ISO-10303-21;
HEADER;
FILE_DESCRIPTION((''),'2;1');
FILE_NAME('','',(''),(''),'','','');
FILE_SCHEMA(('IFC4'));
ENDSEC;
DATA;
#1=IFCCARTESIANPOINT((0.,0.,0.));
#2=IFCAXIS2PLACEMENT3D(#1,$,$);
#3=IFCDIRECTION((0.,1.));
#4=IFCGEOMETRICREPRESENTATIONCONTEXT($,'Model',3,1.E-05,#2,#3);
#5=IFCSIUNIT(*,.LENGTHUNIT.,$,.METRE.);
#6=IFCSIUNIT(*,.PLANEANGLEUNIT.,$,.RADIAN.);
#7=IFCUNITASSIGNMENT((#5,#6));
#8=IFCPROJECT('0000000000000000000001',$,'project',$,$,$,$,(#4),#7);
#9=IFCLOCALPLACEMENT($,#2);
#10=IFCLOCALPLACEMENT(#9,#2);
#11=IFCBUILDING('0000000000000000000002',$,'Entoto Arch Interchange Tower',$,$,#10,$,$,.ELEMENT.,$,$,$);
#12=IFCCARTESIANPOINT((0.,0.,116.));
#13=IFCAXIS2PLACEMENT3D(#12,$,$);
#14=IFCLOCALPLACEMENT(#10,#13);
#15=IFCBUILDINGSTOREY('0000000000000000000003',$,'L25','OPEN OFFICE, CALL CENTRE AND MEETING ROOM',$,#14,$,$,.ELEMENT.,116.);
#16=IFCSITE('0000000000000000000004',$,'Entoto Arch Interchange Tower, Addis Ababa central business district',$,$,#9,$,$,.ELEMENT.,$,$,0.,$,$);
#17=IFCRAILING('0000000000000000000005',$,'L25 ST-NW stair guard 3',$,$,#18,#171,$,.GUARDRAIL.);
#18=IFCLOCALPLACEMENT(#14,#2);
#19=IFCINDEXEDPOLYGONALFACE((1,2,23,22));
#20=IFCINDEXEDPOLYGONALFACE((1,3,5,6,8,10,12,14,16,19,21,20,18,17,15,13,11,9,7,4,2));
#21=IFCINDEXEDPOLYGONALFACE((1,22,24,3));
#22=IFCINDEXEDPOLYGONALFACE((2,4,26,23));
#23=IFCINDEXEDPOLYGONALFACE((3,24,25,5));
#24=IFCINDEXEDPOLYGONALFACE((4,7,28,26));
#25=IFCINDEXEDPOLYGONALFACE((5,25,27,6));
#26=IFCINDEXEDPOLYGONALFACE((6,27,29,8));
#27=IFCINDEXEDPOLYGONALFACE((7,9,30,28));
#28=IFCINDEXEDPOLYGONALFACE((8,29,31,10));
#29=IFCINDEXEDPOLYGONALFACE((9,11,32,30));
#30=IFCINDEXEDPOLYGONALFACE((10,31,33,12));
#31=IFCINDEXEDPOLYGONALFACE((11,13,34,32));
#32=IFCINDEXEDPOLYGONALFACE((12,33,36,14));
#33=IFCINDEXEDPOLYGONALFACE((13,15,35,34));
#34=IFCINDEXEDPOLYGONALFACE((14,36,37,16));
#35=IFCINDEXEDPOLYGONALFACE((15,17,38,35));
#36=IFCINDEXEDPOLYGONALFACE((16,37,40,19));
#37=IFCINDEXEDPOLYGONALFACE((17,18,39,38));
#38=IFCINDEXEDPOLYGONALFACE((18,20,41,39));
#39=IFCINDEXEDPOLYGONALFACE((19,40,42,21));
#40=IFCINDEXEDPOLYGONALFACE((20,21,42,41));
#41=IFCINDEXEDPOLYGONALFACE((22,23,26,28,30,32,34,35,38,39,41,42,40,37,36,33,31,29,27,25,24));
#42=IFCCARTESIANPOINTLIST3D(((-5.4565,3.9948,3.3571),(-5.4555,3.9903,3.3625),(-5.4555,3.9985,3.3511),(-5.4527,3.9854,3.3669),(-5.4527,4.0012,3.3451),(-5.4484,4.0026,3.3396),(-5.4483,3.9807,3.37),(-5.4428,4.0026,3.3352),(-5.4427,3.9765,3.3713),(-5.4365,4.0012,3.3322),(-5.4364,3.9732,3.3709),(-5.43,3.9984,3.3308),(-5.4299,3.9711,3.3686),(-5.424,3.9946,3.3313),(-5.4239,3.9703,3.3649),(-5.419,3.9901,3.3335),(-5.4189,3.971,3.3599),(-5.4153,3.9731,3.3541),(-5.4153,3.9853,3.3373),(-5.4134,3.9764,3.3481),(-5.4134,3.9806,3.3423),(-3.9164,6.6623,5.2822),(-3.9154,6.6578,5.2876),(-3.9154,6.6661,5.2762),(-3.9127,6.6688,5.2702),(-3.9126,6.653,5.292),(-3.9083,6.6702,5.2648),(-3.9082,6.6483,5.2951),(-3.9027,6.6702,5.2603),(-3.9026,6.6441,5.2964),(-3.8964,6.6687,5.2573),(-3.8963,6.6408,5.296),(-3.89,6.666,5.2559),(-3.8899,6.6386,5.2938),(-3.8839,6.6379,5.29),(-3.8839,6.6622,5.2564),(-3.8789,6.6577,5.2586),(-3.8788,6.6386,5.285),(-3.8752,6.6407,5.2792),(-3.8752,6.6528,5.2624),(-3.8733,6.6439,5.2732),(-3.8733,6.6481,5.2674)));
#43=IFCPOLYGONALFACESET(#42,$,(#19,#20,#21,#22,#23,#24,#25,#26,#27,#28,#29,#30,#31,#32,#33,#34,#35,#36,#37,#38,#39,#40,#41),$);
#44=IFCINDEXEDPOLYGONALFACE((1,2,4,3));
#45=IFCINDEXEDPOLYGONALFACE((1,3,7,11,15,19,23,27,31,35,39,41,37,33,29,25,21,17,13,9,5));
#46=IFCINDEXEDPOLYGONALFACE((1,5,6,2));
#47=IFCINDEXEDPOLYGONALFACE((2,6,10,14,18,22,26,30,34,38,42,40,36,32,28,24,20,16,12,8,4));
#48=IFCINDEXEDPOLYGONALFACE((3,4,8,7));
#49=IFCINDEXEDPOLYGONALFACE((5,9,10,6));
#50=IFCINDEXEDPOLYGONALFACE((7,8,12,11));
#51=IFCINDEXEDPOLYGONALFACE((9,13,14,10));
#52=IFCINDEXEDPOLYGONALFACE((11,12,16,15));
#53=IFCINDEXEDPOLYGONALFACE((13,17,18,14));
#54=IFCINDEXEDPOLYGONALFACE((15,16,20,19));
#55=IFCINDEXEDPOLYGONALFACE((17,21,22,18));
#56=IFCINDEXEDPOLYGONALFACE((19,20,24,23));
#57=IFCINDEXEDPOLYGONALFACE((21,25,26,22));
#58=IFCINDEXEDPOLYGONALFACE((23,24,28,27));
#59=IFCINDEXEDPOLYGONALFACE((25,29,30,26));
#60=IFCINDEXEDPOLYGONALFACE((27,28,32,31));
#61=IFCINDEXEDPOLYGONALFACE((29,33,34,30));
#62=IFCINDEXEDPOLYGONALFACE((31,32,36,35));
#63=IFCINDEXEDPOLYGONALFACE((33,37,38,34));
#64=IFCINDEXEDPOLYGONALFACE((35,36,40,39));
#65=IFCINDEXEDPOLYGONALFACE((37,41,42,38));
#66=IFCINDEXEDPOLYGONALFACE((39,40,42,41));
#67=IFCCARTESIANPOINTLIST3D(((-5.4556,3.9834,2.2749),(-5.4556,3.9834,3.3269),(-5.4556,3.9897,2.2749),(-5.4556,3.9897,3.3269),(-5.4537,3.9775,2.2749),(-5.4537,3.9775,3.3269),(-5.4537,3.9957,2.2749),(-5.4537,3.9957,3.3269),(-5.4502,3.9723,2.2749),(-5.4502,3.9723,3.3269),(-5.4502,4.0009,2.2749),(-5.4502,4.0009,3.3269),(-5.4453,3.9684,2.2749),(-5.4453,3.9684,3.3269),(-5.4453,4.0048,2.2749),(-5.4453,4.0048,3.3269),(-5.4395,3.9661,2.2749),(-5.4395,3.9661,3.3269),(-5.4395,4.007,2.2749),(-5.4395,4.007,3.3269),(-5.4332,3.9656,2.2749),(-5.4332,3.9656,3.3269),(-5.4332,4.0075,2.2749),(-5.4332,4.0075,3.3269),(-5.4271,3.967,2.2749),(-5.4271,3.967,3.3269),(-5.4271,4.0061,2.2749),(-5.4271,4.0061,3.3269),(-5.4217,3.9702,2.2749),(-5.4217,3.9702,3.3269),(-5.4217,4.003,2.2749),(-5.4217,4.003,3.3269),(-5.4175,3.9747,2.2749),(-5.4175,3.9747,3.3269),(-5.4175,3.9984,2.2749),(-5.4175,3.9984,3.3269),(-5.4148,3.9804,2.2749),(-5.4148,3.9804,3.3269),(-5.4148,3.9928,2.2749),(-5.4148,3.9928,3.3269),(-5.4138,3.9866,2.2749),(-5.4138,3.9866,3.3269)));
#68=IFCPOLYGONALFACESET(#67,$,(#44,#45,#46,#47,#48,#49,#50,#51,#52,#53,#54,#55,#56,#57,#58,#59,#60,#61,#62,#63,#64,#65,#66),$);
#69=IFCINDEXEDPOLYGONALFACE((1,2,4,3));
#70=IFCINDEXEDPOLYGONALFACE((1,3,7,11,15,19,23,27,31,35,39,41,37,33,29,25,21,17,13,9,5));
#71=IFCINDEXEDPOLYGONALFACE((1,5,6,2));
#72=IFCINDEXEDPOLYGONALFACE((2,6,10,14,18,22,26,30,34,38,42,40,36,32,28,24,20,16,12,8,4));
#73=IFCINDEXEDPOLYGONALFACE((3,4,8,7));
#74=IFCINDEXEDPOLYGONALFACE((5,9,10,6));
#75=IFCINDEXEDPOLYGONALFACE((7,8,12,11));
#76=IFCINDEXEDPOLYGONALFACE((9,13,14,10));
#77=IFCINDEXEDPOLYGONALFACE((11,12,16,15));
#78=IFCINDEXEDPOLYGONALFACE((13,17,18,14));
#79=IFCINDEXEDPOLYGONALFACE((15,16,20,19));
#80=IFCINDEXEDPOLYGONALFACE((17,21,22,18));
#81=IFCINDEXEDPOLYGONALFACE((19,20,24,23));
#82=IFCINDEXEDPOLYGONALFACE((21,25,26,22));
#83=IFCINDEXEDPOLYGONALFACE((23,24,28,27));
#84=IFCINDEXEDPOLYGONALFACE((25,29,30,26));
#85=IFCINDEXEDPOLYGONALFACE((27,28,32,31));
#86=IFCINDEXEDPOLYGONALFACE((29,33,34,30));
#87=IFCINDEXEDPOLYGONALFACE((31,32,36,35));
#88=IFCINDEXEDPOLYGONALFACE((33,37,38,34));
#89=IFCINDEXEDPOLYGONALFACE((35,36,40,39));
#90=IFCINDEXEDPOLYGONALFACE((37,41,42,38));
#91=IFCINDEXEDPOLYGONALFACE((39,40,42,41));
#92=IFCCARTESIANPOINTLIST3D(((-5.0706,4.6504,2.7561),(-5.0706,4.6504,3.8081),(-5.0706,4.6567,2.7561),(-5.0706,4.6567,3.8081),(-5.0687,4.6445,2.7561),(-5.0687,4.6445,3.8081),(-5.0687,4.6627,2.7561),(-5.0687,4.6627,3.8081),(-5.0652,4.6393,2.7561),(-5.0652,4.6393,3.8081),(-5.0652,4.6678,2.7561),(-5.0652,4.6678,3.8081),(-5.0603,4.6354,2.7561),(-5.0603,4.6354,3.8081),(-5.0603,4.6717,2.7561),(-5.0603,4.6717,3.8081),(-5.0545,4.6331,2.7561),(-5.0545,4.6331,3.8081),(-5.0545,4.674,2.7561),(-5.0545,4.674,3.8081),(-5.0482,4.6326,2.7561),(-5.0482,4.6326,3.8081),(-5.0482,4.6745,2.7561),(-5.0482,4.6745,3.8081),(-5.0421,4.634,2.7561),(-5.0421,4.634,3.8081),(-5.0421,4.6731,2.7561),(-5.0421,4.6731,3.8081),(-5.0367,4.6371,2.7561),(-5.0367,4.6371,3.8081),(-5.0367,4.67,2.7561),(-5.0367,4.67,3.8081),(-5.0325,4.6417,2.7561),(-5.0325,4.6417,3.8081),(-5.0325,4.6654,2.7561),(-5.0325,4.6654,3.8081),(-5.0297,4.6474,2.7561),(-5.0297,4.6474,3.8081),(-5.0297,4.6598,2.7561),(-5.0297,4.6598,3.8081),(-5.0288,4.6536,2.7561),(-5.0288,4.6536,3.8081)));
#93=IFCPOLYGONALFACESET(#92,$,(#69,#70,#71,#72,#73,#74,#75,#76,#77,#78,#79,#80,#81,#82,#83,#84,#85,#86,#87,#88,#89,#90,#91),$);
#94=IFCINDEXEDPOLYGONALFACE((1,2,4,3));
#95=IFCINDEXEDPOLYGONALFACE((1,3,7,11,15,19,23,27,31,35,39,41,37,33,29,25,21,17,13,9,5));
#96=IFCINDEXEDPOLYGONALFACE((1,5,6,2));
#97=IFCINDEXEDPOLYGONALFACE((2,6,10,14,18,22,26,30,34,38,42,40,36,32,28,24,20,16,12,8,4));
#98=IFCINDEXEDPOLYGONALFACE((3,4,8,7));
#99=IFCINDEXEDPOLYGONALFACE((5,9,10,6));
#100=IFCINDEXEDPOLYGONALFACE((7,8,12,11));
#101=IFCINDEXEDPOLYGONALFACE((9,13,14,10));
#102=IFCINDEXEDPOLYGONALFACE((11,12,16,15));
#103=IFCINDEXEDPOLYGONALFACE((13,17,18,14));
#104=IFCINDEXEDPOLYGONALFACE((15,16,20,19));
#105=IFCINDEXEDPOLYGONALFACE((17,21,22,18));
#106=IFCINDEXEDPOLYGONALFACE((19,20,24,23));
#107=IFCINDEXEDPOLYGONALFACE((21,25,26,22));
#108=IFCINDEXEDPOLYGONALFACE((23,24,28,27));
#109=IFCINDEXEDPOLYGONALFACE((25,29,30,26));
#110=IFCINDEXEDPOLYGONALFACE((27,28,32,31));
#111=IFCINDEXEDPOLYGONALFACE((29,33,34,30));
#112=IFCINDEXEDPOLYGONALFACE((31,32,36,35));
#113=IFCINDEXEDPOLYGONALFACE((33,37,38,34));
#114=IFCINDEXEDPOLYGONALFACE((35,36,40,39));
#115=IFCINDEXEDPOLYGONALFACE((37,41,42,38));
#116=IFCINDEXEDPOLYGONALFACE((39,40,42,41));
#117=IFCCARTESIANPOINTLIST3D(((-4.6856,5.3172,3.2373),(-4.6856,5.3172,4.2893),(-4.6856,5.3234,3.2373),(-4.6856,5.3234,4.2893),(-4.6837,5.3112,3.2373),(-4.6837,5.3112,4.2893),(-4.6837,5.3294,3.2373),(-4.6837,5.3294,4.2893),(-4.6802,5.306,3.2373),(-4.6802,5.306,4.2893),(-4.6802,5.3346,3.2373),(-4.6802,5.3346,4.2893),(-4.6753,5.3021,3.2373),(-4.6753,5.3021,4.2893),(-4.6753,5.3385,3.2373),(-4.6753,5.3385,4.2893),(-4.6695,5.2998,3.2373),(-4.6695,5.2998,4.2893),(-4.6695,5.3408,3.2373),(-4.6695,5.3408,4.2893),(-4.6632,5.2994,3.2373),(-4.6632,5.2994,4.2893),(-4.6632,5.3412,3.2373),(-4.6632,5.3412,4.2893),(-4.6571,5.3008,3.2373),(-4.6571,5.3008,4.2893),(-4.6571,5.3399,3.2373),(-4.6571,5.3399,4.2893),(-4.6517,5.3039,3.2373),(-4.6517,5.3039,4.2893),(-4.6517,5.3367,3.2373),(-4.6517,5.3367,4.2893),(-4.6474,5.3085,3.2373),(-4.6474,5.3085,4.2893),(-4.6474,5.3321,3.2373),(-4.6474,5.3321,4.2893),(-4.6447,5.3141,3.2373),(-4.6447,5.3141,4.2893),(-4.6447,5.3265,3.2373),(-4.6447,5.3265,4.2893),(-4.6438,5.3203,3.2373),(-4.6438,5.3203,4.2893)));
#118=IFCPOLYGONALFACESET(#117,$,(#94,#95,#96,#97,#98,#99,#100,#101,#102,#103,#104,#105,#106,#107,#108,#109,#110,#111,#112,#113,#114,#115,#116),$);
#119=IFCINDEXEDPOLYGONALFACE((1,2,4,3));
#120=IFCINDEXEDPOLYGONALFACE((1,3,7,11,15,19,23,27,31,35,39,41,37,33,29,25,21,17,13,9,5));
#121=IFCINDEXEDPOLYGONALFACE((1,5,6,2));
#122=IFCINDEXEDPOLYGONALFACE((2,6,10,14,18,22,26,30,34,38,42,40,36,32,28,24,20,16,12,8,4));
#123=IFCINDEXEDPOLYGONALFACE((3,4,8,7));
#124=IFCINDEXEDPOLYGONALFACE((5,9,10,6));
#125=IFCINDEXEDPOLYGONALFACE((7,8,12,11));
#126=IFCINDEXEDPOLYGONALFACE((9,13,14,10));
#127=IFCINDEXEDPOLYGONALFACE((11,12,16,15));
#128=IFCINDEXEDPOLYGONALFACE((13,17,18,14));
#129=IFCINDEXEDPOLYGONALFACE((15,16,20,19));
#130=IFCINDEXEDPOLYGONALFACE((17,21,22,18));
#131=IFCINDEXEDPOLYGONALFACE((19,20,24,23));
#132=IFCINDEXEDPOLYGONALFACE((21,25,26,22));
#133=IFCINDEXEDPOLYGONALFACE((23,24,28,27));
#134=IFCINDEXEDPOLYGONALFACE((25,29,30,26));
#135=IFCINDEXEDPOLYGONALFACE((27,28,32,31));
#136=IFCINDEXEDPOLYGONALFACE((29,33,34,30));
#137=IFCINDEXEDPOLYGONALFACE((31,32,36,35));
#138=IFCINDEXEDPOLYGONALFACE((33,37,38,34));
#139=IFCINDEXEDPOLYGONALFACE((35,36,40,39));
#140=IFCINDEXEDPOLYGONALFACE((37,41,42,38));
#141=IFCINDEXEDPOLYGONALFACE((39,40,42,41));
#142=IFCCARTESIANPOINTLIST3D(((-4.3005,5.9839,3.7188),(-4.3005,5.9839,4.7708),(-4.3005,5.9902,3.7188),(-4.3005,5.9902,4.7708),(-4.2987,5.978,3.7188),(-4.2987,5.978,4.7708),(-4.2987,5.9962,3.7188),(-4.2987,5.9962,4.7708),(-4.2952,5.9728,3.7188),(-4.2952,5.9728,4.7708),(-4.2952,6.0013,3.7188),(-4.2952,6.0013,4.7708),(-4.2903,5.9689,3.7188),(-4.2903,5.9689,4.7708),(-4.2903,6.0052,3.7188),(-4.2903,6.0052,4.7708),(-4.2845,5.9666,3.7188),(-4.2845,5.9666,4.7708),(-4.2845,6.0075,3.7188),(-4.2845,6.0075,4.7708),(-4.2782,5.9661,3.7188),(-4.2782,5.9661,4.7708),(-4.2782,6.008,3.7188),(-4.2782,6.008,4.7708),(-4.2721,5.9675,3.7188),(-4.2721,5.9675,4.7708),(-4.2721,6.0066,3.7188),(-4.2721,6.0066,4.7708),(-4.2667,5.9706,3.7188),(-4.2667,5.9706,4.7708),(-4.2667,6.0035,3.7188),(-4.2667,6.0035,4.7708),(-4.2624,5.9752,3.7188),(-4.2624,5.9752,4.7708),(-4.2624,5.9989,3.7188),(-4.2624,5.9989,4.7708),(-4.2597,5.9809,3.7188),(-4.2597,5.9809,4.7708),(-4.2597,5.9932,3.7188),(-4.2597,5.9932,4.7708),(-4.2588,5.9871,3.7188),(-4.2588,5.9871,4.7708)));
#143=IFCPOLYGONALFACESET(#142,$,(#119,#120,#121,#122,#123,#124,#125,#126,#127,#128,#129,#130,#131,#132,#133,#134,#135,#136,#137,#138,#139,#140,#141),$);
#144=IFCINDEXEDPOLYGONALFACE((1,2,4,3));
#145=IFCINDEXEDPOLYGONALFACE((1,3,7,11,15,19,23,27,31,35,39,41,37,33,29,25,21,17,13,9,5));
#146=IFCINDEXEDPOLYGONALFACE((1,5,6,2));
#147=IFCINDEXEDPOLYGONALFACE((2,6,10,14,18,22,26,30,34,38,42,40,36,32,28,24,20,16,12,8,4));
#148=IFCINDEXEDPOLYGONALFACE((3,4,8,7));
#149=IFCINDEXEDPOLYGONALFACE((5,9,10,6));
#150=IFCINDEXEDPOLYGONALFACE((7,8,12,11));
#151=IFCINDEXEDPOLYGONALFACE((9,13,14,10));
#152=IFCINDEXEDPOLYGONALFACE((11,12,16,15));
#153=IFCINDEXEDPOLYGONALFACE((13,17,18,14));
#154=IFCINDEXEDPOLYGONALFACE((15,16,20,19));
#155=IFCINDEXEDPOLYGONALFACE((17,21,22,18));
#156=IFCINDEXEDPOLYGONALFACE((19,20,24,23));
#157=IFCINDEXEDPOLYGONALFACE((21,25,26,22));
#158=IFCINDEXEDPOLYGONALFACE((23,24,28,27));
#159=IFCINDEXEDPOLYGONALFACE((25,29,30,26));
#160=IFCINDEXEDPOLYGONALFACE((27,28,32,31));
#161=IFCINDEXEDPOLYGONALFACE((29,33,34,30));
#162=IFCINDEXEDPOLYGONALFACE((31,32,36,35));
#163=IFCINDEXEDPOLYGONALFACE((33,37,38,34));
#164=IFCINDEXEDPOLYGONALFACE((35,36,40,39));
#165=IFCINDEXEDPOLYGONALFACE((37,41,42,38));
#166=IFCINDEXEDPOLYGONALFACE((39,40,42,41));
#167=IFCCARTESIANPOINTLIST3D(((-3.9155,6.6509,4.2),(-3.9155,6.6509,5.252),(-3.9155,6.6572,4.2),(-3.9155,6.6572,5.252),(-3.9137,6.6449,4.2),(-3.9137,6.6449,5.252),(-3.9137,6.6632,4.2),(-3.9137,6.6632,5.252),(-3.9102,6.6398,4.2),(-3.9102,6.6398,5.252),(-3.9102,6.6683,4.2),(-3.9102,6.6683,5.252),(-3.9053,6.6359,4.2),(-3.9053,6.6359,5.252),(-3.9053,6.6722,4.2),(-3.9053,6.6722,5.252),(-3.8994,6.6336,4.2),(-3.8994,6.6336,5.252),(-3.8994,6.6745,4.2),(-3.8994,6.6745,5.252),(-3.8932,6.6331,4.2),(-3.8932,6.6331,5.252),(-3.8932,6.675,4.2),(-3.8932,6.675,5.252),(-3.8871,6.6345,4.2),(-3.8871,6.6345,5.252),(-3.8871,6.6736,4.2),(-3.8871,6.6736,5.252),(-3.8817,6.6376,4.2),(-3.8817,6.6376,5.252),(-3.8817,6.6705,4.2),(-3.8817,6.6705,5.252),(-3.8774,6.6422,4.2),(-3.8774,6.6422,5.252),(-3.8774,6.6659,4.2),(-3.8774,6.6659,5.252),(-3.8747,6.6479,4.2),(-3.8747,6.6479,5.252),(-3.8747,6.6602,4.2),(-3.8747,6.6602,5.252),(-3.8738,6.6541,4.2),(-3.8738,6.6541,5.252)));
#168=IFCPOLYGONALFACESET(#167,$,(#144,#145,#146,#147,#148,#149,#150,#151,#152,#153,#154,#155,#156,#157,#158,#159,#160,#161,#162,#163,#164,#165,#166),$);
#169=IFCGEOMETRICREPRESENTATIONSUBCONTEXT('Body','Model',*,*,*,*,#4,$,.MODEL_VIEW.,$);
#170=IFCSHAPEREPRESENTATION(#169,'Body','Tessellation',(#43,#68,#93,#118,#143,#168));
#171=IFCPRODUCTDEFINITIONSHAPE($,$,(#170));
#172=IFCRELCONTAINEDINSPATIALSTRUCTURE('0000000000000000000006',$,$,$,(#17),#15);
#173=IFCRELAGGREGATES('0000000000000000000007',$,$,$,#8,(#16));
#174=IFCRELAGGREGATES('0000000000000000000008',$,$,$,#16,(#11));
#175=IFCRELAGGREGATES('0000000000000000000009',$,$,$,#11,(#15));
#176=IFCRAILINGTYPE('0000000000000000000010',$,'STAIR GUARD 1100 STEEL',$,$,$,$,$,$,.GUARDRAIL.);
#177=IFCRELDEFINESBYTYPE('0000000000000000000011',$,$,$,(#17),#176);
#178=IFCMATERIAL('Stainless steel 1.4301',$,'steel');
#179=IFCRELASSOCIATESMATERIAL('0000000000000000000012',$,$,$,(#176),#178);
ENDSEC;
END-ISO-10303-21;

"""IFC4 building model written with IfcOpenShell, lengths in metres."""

from ifc_helpers import new_model, si_unit, direction, frame, origin, origin_2d, place, context, subcontext, project, spatial, circle, extrude, material, type_object, element, save


model = new_model("IFC4")

# Units and contexts
model_context = context("Model", 3, precision=1e-05, world=origin(), true_north=direction((0.0, 1.0)))
body_context = subcontext(model_context, "Body", "Model", "MODEL_VIEW")
ifc_project = project(units=[si_unit("LENGTHUNIT", "METRE"), si_unit("PLANEANGLEUNIT", "RADIAN")], contexts=[model_context])

# Site, building, storey
site_placement = place(None, origin())
site = spatial("IfcSite", under=ifc_project, at=site_placement, Name="Entoto Arch Interchange Tower, Addis Ababa central business district", CompositionType="ELEMENT", RefElevation=0.0)
building_placement = place(site_placement, origin())
building = spatial("IfcBuilding", under=site, at=building_placement, Name="Entoto Arch Interchange Tower", CompositionType="ELEMENT")
storey_placement = place(building_placement, frame((0.0, 0.0, 116.0)))
storey = spatial("IfcBuildingStorey", under=building, at=storey_placement, Name="L25", Description="OPEN OFFICE, CALL CENTRE AND MEETING ROOM", CompositionType="ELEMENT", Elevation=116.0)

# Railing
ifc_material_1 = material(Name="Stainless steel 1.4301", Category="steel")
railing_type_1 = type_object("IfcRailingType", Name="STAIR GUARD 1100 STEEL", PredefinedType="GUARDRAIL", material=ifc_material_1)
railing_1_placement = place(storey_placement, frame((-5.4348, 3.9866, 2.2749)))
element("IfcRailing", 1, at=railing_1_placement, inside=storey, type_object=railing_type_1, Name="L25 ST-NW stair guard 3", PredefinedType="GUARDRAIL", context=body_context, shape_type="SweptSolid", body=[
    extrude(circle(Radius=0.0239, at=origin_2d()), frame((0.0, 0.0, 1.0762), z_axis=(0.423994, 0.734395, 0.529993), x_axis=(-0.86603, 0.499992, 0.0)), (0.0, 0.0, 1.0), 3.6323),
    extrude(circle(Radius=0.021, at=origin_2d()), origin(), (0.0, 0.0, 1.0), 1.052),
    extrude(circle(Radius=0.021, at=origin_2d()), frame((0.385, 0.667, 0.4812)), (0.0, 0.0, 1.0), 1.052),
    extrude(circle(Radius=0.021, at=origin_2d()), frame((0.77, 1.3337, 0.9624)), (0.0, 0.0, 1.0), 1.052),
    extrude(circle(Radius=0.021, at=origin_2d()), frame((1.155, 2.0005, 1.4438)), (0.0, 0.0, 1.0), 1.052),
    extrude(circle(Radius=0.021, at=origin_2d()), frame((1.54, 2.6675, 1.925)), (0.0, 0.0, 1.0), 1.052),
])

save(model, "model.ifc")
